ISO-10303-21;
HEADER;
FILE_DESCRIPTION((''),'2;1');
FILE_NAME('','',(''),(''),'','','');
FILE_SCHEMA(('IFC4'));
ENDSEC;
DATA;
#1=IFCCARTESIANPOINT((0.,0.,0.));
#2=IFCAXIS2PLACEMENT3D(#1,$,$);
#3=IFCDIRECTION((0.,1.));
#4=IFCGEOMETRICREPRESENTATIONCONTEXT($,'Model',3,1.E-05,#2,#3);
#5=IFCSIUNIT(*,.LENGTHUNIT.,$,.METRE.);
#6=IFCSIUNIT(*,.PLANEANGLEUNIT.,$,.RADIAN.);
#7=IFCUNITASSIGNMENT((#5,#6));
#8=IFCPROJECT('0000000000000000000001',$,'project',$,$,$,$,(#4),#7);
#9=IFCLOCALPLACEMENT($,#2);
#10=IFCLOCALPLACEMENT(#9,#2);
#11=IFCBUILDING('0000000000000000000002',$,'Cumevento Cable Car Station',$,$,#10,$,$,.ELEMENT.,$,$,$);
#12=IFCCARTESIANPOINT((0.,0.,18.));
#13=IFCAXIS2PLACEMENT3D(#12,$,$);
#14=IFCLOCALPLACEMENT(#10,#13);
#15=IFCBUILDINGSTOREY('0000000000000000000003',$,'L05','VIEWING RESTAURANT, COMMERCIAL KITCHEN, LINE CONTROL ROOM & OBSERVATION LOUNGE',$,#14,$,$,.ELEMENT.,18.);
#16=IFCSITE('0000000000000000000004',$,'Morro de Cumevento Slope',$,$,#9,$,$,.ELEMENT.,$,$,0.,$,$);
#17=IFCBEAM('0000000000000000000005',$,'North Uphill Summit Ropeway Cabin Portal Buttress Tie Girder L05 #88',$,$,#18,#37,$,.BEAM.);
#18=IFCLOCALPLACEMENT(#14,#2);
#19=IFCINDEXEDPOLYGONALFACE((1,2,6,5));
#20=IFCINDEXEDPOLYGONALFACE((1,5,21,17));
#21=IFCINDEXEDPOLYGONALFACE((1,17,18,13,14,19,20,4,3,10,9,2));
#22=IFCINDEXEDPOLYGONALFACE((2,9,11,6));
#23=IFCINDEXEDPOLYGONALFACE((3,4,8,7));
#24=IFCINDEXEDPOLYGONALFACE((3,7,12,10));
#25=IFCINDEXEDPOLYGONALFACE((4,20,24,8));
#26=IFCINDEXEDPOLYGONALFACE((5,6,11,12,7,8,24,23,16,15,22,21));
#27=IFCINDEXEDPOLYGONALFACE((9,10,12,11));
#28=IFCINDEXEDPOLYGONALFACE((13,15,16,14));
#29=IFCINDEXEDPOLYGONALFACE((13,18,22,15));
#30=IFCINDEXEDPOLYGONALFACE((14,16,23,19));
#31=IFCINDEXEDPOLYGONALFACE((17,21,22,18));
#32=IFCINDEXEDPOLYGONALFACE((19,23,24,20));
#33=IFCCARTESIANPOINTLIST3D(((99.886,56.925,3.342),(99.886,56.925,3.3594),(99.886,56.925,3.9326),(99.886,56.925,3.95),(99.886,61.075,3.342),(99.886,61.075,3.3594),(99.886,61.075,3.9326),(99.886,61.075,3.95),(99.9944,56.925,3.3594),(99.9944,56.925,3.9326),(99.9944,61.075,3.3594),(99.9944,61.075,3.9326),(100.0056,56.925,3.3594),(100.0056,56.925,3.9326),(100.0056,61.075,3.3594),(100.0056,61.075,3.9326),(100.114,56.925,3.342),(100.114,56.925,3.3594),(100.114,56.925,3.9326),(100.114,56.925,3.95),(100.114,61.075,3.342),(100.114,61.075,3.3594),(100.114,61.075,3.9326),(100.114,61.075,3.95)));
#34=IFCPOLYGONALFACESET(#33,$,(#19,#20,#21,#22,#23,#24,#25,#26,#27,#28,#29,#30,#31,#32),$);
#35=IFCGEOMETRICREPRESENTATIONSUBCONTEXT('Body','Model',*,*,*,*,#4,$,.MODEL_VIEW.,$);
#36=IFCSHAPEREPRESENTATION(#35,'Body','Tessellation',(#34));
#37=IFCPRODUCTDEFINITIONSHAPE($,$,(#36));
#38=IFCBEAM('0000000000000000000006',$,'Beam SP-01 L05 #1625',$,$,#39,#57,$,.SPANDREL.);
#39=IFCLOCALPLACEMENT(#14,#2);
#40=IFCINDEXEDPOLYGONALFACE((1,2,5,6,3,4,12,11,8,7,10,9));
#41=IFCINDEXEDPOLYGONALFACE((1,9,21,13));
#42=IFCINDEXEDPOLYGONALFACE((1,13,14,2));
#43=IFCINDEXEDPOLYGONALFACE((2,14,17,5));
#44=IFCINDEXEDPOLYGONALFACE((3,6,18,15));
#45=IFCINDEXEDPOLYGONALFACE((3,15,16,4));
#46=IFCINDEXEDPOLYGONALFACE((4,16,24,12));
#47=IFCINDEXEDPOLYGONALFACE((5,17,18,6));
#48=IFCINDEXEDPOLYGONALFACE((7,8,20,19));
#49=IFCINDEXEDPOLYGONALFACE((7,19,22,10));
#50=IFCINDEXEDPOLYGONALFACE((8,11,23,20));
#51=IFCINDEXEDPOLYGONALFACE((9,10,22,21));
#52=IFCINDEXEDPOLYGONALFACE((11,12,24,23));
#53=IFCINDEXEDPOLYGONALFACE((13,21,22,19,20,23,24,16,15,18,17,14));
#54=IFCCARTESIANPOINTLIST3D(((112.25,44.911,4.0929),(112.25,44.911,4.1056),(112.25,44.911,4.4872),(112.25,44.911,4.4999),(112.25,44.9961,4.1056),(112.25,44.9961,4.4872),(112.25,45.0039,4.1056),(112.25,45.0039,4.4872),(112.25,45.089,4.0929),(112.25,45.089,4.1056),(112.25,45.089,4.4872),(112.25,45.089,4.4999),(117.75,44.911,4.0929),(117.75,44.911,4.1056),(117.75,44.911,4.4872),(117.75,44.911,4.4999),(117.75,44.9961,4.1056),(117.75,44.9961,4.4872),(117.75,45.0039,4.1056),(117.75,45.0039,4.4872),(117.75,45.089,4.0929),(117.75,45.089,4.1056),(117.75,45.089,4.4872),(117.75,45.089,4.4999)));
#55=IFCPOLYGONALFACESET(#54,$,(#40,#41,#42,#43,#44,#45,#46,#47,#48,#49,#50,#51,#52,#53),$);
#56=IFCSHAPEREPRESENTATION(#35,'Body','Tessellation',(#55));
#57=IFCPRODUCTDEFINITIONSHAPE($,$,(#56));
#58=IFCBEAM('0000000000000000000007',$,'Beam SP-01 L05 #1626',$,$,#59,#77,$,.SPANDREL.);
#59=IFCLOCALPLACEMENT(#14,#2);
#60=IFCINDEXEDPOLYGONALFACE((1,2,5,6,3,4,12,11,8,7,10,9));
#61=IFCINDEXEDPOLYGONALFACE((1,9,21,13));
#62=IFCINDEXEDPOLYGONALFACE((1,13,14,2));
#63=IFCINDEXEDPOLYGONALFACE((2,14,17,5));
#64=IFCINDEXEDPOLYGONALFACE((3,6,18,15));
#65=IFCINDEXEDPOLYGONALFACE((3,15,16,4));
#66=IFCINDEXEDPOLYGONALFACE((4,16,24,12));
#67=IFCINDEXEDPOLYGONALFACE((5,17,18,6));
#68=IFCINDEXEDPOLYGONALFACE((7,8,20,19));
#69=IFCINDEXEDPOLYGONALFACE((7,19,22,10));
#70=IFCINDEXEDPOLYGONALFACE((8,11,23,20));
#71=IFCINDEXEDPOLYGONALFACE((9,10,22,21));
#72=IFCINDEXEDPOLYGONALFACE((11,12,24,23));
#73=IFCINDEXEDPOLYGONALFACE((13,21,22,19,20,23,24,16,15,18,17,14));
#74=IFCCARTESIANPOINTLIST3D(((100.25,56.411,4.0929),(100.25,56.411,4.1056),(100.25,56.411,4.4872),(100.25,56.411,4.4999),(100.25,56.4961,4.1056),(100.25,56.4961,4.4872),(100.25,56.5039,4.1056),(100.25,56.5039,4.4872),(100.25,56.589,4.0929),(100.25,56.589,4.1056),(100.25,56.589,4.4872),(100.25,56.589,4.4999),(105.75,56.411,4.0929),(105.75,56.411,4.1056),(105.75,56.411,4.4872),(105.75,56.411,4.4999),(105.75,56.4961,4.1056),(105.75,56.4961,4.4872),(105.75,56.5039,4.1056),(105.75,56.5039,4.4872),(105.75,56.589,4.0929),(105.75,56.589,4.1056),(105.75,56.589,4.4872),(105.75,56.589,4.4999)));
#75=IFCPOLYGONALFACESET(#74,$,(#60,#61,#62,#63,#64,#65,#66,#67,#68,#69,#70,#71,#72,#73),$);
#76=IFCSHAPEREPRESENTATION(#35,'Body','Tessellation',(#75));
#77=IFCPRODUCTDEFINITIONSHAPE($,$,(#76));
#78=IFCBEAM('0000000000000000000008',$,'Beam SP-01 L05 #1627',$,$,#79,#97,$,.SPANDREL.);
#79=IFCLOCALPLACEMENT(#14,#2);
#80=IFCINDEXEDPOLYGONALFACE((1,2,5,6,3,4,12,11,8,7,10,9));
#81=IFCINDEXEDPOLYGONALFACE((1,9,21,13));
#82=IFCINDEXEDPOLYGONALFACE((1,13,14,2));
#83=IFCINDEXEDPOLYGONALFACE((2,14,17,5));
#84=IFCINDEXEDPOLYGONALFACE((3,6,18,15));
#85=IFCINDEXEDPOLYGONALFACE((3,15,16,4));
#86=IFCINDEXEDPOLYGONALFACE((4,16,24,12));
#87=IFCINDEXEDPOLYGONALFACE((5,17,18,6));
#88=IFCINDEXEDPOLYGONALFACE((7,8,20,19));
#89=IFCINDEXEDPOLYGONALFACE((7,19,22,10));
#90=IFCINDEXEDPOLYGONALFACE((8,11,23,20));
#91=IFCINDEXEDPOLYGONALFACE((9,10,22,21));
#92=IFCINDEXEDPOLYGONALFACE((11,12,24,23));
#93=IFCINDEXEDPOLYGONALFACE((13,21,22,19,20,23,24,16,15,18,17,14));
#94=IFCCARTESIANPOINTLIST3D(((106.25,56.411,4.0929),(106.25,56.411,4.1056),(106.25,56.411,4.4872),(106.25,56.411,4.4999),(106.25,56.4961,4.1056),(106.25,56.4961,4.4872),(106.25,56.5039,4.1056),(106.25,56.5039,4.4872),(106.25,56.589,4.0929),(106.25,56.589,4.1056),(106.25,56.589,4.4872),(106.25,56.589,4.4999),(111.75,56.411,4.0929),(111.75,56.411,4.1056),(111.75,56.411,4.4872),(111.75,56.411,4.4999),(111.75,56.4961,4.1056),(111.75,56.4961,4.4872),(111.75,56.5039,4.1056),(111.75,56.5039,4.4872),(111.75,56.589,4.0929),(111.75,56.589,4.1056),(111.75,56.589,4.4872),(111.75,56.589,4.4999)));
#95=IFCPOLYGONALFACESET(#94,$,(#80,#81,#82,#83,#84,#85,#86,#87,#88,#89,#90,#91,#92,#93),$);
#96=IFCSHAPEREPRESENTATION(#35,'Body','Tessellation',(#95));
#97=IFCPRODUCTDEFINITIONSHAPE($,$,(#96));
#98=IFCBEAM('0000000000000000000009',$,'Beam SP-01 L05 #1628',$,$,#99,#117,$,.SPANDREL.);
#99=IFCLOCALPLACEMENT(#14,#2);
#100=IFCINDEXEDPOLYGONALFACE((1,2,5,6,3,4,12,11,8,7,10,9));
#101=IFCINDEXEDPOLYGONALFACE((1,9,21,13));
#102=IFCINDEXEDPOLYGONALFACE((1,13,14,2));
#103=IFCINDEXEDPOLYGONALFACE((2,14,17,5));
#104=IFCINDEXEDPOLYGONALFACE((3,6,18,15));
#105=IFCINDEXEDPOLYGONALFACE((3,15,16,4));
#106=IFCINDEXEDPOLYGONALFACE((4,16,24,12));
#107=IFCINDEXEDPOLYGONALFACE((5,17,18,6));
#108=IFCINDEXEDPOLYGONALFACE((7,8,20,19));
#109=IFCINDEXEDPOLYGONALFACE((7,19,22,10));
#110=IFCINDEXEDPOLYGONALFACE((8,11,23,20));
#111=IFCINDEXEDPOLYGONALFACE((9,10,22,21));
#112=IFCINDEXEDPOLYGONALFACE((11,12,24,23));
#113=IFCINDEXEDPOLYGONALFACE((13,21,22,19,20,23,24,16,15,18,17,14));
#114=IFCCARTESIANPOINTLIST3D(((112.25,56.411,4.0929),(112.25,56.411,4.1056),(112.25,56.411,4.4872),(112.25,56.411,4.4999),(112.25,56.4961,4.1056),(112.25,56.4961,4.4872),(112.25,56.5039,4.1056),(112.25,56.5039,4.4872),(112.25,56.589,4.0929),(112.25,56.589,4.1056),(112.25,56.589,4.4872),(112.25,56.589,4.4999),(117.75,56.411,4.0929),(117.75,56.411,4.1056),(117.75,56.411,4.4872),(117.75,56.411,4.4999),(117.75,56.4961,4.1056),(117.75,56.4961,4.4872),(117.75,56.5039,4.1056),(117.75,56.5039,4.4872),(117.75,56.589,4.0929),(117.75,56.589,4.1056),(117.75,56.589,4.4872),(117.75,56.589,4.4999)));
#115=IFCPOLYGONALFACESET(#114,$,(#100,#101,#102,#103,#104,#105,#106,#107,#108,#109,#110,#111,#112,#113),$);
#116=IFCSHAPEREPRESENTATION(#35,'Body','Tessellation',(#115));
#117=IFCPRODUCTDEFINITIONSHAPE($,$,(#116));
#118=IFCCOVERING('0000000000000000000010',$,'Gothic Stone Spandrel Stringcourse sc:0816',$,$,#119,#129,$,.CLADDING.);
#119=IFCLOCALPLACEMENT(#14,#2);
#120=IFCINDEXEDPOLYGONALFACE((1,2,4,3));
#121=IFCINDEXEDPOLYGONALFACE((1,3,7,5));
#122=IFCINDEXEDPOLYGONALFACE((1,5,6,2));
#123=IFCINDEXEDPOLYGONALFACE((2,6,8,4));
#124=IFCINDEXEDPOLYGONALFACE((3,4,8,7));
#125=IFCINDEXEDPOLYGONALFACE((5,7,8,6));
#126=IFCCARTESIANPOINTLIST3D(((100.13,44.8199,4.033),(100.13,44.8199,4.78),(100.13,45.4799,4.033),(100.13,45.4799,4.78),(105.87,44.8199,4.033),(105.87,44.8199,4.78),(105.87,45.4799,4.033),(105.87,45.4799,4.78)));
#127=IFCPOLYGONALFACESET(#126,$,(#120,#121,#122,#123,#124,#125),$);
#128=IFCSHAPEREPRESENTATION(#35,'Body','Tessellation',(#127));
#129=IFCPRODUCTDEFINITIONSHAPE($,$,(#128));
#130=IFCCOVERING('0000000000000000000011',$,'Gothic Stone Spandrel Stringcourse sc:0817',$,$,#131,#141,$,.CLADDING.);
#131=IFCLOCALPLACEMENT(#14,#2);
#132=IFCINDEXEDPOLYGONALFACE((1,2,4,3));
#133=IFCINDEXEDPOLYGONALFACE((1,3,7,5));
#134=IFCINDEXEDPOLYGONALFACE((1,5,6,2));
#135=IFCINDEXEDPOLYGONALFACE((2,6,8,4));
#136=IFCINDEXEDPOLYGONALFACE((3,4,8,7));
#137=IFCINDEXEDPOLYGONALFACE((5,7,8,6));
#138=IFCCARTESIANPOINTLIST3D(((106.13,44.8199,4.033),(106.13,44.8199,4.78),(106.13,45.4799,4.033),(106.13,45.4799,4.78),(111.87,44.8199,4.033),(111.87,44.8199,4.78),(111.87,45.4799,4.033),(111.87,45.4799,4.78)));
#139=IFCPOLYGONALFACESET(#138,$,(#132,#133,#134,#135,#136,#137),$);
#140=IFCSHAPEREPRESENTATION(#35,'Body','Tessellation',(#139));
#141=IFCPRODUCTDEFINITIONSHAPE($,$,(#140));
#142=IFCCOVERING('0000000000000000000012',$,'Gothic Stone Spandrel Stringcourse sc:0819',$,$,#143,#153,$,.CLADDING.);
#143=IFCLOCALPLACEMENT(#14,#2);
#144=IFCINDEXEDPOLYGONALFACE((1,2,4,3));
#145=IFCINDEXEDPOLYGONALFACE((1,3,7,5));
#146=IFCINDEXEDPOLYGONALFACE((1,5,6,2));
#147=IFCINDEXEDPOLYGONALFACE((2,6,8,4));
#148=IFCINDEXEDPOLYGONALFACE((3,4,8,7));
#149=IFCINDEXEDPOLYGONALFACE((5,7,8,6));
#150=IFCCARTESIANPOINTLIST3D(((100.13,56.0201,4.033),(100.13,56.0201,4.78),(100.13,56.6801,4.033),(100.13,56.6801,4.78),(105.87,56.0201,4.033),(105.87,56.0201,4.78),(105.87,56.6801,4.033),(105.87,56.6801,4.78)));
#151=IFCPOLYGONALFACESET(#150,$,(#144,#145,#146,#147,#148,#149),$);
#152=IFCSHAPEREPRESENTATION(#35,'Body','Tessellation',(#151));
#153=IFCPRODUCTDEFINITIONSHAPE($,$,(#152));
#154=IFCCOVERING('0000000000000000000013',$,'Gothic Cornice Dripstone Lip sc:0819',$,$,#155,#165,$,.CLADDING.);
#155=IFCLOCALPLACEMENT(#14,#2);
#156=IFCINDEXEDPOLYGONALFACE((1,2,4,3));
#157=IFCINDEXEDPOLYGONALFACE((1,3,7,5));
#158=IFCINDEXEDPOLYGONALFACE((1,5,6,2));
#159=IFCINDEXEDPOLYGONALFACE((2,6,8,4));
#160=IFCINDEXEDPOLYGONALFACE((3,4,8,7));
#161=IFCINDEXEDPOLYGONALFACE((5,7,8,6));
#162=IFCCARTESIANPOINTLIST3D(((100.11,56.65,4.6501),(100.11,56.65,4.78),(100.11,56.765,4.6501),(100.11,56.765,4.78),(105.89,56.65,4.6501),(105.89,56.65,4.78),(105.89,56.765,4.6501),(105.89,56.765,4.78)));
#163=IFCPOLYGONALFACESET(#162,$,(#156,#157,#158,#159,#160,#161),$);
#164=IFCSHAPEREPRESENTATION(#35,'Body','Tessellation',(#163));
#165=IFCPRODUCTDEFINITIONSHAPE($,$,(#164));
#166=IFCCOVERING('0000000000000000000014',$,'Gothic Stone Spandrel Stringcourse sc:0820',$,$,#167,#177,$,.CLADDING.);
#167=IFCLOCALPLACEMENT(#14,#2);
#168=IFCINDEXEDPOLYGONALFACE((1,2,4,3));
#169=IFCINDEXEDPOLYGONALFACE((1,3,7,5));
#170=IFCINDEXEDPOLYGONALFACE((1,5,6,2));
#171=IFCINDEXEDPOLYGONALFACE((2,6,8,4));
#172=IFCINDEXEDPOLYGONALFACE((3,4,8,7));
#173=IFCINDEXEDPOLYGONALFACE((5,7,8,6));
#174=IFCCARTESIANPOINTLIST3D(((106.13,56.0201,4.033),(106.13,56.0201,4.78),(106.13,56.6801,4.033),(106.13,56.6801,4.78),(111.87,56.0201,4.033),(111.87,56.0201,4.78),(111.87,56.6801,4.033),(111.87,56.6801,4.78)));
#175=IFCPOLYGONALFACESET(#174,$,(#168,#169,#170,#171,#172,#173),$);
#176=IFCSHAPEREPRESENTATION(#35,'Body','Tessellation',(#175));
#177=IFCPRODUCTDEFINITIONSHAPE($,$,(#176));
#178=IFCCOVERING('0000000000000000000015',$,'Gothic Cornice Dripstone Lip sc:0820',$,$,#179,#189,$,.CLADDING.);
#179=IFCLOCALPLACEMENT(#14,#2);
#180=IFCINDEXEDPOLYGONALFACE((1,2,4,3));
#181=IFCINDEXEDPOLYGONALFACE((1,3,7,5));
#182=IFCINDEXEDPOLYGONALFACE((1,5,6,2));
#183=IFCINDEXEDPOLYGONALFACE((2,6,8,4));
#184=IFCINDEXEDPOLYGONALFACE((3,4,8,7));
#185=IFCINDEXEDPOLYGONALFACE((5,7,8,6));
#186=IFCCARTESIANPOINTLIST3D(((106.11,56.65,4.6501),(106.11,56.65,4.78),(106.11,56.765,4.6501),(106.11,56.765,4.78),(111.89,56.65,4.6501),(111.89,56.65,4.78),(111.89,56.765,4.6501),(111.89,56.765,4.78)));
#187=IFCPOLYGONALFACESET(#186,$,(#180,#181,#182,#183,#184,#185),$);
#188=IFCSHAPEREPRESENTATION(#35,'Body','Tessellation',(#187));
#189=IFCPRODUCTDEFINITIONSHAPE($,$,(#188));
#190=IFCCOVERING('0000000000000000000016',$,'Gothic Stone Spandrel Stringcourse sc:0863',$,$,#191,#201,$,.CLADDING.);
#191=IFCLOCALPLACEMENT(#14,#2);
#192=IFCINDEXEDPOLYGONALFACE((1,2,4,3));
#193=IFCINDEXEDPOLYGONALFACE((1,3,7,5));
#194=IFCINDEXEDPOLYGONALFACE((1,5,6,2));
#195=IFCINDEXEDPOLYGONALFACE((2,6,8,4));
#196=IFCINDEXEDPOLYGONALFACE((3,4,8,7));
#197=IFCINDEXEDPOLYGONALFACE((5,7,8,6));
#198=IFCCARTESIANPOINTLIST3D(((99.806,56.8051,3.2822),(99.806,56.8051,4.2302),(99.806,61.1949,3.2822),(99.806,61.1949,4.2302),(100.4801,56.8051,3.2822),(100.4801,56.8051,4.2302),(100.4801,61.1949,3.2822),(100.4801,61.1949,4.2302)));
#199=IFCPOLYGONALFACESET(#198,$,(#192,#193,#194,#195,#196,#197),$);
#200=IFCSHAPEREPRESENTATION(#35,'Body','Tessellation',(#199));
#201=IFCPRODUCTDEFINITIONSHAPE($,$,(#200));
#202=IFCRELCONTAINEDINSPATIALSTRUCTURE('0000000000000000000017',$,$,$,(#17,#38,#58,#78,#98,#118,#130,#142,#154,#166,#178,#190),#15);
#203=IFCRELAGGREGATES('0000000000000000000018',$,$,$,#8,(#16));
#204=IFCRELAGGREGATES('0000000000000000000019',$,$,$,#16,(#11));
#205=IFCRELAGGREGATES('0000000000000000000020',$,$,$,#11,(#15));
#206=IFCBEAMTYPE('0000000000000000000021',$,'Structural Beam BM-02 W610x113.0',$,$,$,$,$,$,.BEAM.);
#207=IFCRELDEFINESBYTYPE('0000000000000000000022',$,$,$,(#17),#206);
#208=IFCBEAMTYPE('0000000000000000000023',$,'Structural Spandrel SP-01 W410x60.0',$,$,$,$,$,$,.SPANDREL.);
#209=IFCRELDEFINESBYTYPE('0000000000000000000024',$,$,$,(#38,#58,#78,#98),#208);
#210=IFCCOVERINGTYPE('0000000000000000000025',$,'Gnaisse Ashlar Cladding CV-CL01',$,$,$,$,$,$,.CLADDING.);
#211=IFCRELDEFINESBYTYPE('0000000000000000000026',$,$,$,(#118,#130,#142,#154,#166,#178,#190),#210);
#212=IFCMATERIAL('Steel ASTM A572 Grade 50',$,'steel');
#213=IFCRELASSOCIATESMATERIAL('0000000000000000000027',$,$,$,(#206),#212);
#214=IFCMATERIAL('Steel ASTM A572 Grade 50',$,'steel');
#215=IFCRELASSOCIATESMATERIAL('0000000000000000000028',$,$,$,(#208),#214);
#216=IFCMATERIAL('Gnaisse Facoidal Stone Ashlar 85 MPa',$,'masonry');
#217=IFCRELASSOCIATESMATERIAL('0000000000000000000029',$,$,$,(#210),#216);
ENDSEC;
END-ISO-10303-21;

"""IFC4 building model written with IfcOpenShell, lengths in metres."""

from ifc_helpers import new_model, si_unit, direction, frame, origin, origin_2d, place, context, subcontext, project, spatial, rectangle, i_section, extrude, material, material_profile, profile_set, type_object, element, save


model = new_model("IFC4")

# Units and contexts
model_context = context("Model", 3, precision=1e-05, world=origin(), true_north=direction((0.0, 1.0)))
body_context = subcontext(model_context, "Body", "Model", "MODEL_VIEW")
ifc_project = project(units=[si_unit("LENGTHUNIT", "METRE"), si_unit("PLANEANGLEUNIT", "RADIAN")], contexts=[model_context])

# Site, building, storey
site_placement = place(None, origin())
site = spatial("IfcSite", under=ifc_project, at=site_placement, Name="Morro de Cumevento Slope", CompositionType="ELEMENT", RefElevation=0.0)
building_placement = place(site_placement, origin())
building = spatial("IfcBuilding", under=site, at=building_placement, Name="Cumevento Cable Car Station", CompositionType="ELEMENT")
storey_placement = place(building_placement, frame((0.0, 0.0, 18.0)))
storey = spatial("IfcBuildingStorey", under=building, at=storey_placement, Name="L05", Description="VIEWING RESTAURANT, COMMERCIAL KITCHEN, LINE CONTROL ROOM & OBSERVATION LOUNGE", CompositionType="ELEMENT", Elevation=18.0)

# Beams
ifc_material_1 = material(Name="Steel ASTM A572 Grade 50", Category="steel")
ifc_material_profile_1 = material_profile(ifc_material_1, i_section(OverallWidth=0.228, OverallDepth=0.6079, WebThickness=0.0112, FlangeThickness=0.0173, at=origin_2d()), Name="W610x113.0")
ifc_profile_set_1 = profile_set([ifc_material_profile_1], Name="Steel ASTM A572 Grade 50")
beam_type_1 = type_object("IfcBeamType", Name="Structural Beam BM-02 W610x113.0", PredefinedType="BEAM", material=ifc_profile_set_1)
beam_placement = place(storey_placement, frame((100.0, 56.925, 3.646), z_axis=(0.0, 1.0, 0.0), x_axis=(-1.0, 0.0, 0.0)))
element("IfcBeam", 1, at=beam_placement, inside=storey, type_object=beam_type_1, Name="North Uphill Summit Ropeway Cabin Portal Buttress Tie Girder L05 #88", PredefinedType="BEAM", context=body_context, shape_type="SweptSolid", body=[
    extrude(i_section(OverallWidth=0.228, OverallDepth=0.6079, WebThickness=0.0112, FlangeThickness=0.0173, at=origin_2d()), origin(), (0.0, 0.0, 1.0), 4.1499),
])
ifc_material_2 = material(Name="Steel ASTM A572 Grade 50", Category="steel")
ifc_material_profile_2 = material_profile(ifc_material_2, i_section(OverallWidth=0.178, OverallDepth=0.407, WebThickness=0.0078, FlangeThickness=0.0127, at=origin_2d()), Name="W410x60.0")
ifc_profile_set_2 = profile_set([ifc_material_profile_2], Name="Steel ASTM A572 Grade 50")
beam_type_2 = type_object("IfcBeamType", Name="Structural Spandrel SP-01 W410x60.0", PredefinedType="SPANDREL", material=ifc_profile_set_2)
for number, where, z_axis, x_axis, name in (
    (2, (112.25, 45.0, 4.2964), (1.0, 0.0, 0.0), (0.0, 1.0, 0.0), "Beam SP-01 L05 #1625"),
    (3, (100.25, 56.5, 4.2964), (1.0, 0.0, 0.0), (0.0, 1.0, 0.0), "Beam SP-01 L05 #1626"),
    (4, (106.25, 56.5, 4.2964), (1.0, 0.0, 0.0), (0.0, 1.0, 0.0), "Beam SP-01 L05 #1627"),
    (5, (112.25, 56.5, 4.2964), (1.0, 0.0, 0.0), (0.0, 1.0, 0.0), "Beam SP-01 L05 #1628"),
):
    element("IfcBeam", number, at=place(storey_placement, frame(where, z_axis=z_axis, x_axis=x_axis)), inside=storey, type_object=beam_type_2, Name=name, PredefinedType="SPANDREL", context=body_context, shape_type="SweptSolid", body=[
        extrude(i_section(OverallWidth=0.178, OverallDepth=0.407, WebThickness=0.0078, FlangeThickness=0.0127, at=origin_2d()), origin(), (0.0, 0.0, 1.0), 5.5),
    ])

# Coverings
ifc_material_3 = material(Name="Gnaisse Facoidal Stone Ashlar 85 MPa", Category="masonry")
covering_type = type_object("IfcCoveringType", Name="Gnaisse Ashlar Cladding CV-CL01", PredefinedType="CLADDING", material=ifc_material_3)
for number, where, z_axis, x_axis, name in (
    (6, (103.0, 45.1499, 4.033), (0.0, 0.0, 1.0), (-1.0, 0.0, 0.0), "Gothic Stone Spandrel Stringcourse sc:0816"),
    (7, (109.0, 45.1499, 4.033), (0.0, 0.0, 1.0), (-1.0, 0.0, 0.0), "Gothic Stone Spandrel Stringcourse sc:0817"),
    (8, (103.0, 56.3501, 4.033), (0.0, 0.0, 1.0), (1.0, 0.0, 0.0), "Gothic Stone Spandrel Stringcourse sc:0819"),
):
    element("IfcCovering", number, at=place(storey_placement, frame(where, z_axis=z_axis, x_axis=x_axis)), inside=storey, type_object=covering_type, Name=name, PredefinedType="CLADDING", context=body_context, shape_type="SweptSolid", body=[
        extrude(rectangle(XDim=5.74, YDim=0.6599, at=origin_2d()), origin(), (0.0, 0.0, 1.0), 0.7471),
    ])
covering_1_placement = place(storey_placement, frame((103.0, 56.7075, 4.6501), z_axis=(0.0, 0.0, 1.0), x_axis=(1.0, 0.0, 0.0)))
element("IfcCovering", 9, at=covering_1_placement, inside=storey, type_object=covering_type, Name="Gothic Cornice Dripstone Lip sc:0819", PredefinedType="CLADDING", context=body_context, shape_type="SweptSolid", body=[
    extrude(rectangle(XDim=5.78, YDim=0.115, at=origin_2d()), origin(), (0.0, 0.0, 1.0), 0.1299),
])
covering_2_placement = place(storey_placement, frame((109.0, 56.3501, 4.033), z_axis=(0.0, 0.0, 1.0), x_axis=(1.0, 0.0, 0.0)))
element("IfcCovering", 10, at=covering_2_placement, inside=storey, type_object=covering_type, Name="Gothic Stone Spandrel Stringcourse sc:0820", PredefinedType="CLADDING", context=body_context, shape_type="SweptSolid", body=[
    extrude(rectangle(XDim=5.74, YDim=0.6599, at=origin_2d()), origin(), (0.0, 0.0, 1.0), 0.7471),
])
covering_3_placement = place(storey_placement, frame((109.0, 56.7075, 4.6501), z_axis=(0.0, 0.0, 1.0), x_axis=(1.0, 0.0, 0.0)))
element("IfcCovering", 11, at=covering_3_placement, inside=storey, type_object=covering_type, Name="Gothic Cornice Dripstone Lip sc:0820", PredefinedType="CLADDING", context=body_context, shape_type="SweptSolid", body=[
    extrude(rectangle(XDim=5.78, YDim=0.115, at=origin_2d()), origin(), (0.0, 0.0, 1.0), 0.1299),
])
covering_4_placement = place(storey_placement, frame((100.1431, 59.0, 3.2822), z_axis=(0.0, 0.0, 1.0), x_axis=(0.0, 1.0, 0.0)))
element("IfcCovering", 12, at=covering_4_placement, inside=storey, type_object=covering_type, Name="Gothic Stone Spandrel Stringcourse sc:0863", PredefinedType="CLADDING", context=body_context, shape_type="SweptSolid", body=[
    extrude(rectangle(XDim=4.3899, YDim=0.6741, at=origin_2d()), origin(), (0.0, 0.0, 1.0), 0.948),
])

save(model, "model.ifc")
